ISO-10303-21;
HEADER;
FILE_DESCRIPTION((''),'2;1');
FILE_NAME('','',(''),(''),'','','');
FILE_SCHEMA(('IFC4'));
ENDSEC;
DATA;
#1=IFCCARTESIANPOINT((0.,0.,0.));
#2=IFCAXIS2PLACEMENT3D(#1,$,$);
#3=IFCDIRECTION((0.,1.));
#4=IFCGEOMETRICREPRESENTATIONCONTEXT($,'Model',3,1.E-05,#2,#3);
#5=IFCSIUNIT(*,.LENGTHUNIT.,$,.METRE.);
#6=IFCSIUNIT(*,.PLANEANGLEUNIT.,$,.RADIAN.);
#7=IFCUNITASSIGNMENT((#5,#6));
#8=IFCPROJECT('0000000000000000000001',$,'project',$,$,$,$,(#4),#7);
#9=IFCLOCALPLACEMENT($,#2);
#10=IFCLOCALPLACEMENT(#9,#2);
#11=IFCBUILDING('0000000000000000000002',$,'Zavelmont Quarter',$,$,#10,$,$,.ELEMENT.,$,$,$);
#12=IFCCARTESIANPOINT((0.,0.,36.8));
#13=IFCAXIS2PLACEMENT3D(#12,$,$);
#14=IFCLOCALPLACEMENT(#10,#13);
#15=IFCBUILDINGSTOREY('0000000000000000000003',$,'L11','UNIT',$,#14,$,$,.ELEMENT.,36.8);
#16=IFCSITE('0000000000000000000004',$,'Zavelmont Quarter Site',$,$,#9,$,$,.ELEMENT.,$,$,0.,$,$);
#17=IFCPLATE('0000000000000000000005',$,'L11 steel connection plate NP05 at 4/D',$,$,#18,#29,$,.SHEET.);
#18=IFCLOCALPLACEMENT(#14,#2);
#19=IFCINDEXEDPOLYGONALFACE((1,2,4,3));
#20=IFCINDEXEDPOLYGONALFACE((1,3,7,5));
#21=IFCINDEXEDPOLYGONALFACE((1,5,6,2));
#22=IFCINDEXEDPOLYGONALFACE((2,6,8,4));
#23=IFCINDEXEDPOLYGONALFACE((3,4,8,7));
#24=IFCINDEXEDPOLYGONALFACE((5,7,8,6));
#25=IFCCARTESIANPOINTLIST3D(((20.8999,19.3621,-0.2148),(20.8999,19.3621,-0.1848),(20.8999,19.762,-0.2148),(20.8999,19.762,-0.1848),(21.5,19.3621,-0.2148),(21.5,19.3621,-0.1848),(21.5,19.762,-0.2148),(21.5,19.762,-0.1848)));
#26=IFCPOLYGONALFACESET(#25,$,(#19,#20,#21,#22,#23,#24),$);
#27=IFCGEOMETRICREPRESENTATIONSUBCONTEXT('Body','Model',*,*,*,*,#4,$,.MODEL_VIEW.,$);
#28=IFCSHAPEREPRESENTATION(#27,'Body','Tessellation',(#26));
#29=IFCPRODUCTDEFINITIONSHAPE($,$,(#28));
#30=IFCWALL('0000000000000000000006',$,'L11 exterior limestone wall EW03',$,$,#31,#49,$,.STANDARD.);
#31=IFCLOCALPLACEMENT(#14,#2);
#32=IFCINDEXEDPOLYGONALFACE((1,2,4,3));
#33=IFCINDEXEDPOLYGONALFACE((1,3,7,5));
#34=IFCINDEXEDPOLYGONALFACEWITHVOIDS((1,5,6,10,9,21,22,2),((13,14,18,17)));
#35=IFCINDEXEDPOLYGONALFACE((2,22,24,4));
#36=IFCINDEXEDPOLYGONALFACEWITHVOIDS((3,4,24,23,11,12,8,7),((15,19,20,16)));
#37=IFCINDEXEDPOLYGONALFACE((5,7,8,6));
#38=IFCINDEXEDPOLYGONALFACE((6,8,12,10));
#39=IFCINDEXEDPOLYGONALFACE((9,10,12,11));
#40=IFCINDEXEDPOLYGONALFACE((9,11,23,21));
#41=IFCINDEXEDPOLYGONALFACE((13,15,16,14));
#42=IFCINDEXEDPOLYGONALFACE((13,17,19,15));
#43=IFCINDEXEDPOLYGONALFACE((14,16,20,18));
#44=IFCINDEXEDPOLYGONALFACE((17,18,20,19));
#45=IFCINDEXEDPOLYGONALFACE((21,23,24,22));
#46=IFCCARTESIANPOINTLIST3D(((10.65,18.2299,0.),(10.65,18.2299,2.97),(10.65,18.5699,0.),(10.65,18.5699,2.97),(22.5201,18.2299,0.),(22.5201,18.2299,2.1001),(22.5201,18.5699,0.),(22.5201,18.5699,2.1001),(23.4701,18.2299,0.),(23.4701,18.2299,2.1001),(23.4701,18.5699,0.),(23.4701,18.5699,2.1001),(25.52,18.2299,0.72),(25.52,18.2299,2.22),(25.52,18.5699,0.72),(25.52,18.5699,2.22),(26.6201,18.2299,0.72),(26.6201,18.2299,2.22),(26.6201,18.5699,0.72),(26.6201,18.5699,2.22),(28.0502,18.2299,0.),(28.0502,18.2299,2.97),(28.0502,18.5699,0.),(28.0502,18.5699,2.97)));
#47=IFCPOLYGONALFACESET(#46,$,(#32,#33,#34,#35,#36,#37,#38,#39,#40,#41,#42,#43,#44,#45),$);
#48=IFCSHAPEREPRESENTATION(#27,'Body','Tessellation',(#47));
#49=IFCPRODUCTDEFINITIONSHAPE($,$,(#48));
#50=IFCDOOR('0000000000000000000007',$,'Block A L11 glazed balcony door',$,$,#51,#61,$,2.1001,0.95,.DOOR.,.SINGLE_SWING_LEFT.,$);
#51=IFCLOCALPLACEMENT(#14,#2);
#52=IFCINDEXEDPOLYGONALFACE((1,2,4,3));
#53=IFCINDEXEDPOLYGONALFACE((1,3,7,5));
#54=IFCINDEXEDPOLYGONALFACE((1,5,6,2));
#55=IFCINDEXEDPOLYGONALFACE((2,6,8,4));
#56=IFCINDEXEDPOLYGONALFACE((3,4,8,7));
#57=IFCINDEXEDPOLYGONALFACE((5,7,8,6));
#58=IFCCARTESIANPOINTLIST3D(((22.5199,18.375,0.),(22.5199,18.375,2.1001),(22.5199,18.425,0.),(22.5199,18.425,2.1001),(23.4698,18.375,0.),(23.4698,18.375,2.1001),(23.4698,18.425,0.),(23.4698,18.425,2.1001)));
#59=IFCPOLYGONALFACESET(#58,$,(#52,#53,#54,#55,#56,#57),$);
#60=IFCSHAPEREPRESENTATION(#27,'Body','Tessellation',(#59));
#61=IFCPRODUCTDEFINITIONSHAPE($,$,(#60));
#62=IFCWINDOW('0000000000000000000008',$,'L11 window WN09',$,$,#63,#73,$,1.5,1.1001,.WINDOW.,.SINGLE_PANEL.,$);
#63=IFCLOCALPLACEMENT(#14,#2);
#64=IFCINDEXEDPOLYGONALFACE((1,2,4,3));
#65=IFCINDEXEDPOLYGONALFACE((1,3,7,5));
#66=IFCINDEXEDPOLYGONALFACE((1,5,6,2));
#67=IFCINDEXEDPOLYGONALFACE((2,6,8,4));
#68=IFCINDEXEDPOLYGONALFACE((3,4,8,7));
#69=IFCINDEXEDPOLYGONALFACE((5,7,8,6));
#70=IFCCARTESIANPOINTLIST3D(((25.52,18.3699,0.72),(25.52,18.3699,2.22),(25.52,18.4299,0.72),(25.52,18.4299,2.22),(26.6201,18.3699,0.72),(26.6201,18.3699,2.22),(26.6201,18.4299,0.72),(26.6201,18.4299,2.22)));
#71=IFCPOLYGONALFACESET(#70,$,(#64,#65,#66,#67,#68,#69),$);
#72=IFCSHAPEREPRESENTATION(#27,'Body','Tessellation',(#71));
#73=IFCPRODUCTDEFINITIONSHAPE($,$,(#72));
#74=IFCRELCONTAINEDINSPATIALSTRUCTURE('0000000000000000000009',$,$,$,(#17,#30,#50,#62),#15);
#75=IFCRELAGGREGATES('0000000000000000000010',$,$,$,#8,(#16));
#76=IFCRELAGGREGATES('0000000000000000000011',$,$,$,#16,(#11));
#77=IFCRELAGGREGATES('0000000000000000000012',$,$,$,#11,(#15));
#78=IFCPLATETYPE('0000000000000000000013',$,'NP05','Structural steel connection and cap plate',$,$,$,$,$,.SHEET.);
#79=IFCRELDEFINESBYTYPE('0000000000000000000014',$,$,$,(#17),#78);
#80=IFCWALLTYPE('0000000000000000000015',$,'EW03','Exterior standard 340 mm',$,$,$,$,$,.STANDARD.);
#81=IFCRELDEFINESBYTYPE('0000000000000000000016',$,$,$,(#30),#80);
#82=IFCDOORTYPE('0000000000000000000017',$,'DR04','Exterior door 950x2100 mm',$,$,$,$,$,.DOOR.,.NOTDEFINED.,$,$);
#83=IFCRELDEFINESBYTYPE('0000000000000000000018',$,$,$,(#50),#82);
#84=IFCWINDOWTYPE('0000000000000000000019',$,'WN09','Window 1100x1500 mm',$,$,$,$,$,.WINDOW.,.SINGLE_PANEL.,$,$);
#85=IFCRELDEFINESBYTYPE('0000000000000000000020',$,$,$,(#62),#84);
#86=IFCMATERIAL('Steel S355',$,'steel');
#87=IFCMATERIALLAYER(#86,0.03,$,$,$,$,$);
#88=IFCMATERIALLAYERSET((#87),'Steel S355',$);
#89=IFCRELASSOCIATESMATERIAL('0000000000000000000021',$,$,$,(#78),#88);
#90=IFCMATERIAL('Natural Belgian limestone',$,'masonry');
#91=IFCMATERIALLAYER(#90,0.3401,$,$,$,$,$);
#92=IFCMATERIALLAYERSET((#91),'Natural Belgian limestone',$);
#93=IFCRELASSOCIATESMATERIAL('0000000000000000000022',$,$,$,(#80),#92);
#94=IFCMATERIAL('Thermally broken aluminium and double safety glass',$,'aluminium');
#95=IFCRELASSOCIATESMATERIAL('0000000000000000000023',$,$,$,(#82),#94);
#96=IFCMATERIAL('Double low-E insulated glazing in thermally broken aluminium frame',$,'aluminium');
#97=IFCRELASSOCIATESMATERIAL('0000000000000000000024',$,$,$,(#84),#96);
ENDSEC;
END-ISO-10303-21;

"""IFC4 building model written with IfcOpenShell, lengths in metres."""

from ifc_helpers import new_model, si_unit, direction, frame, frame_2d, origin, origin_with_axes, origin_2d, place, context, subcontext, project, spatial, rectangle, extrude, material, layer, layer_set, type_object, element, fill, save


model = new_model("IFC4")

# Units and contexts
model_context = context("Model", 3, precision=1e-05, world=origin(), true_north=direction((0.0, 1.0)))
body_context = subcontext(model_context, "Body", "Model", "MODEL_VIEW")
ifc_project = project(units=[si_unit("LENGTHUNIT", "METRE"), si_unit("PLANEANGLEUNIT", "RADIAN")], contexts=[model_context])

# Site, building, storey
site_placement = place(None, origin())
site = spatial("IfcSite", under=ifc_project, at=site_placement, Name="Zavelmont Quarter Site", CompositionType="ELEMENT", RefElevation=0.0)
building_placement = place(site_placement, origin())
building = spatial("IfcBuilding", under=site, at=building_placement, Name="Zavelmont Quarter", CompositionType="ELEMENT")
storey_placement = place(building_placement, frame((0.0, 0.0, 36.8)))
storey = spatial("IfcBuildingStorey", under=building, at=storey_placement, Name="L11", Description="UNIT", CompositionType="ELEMENT", Elevation=36.8)

# Plate
ifc_material_1 = material(Name="Steel S355", Category="steel")
ifc_layer_1 = layer(ifc_material_1, 0.03)
ifc_layer_set_1 = layer_set([ifc_layer_1], Name="Steel S355")
plate_type_1 = type_object("IfcPlateType", Name="NP05", Description="Structural steel connection and cap plate", PredefinedType="SHEET", material=ifc_layer_set_1)
plate_placement = place(storey_placement, frame((21.2, 19.562, -0.2148), z_axis=(0.0, 0.0, 1.0), x_axis=(1.0, 0.0, 0.0)))
element("IfcPlate", 1, at=plate_placement, inside=storey, type_object=plate_type_1, Name="L11 steel connection plate NP05 at 4/D", PredefinedType="SHEET", context=body_context, shape_type="SweptSolid", body=[
    extrude(rectangle(XDim=0.6001, YDim=0.3999, at=origin_2d()), origin(), (0.0, 0.0, 1.0), 0.03),
])

# Wall, openings, door, window
ifc_material_2 = material(Name="Natural Belgian limestone", Category="masonry")
ifc_layer_2 = layer(ifc_material_2, 0.3401)
ifc_layer_set_2 = layer_set([ifc_layer_2], Name="Natural Belgian limestone")
wall_type = type_object("IfcWallType", Name="EW03", Description="Exterior standard 340 mm", PredefinedType="STANDARD", material=ifc_layer_set_2)
wall_placement = place(storey_placement, frame((10.6499, 18.3999, 0.0), z_axis=(0.0, 0.0, 1.0), x_axis=(1.0, 0.0, 0.0)))
wall = element("IfcWall", 2, at=wall_placement, inside=storey, type_object=wall_type, Name="L11 exterior limestone wall EW03", PredefinedType="STANDARD", context=body_context, shape_type="SweptSolid", body=[
    extrude(rectangle(XDim=17.4001, YDim=0.3401, at=frame_2d((8.7002, 0.0))), origin(), (0.0, 0.0, 1.0), 2.97),
])
opening_1_placement = place(wall_placement, frame((11.8701, 0.0, 0.0)))
opening_1 = element("IfcOpeningElement", 3, at=opening_1_placement, cuts=wall, PredefinedType="OPENING", context=body_context, shape_type="SweptSolid", body=[
    extrude(rectangle(XDim=0.95, YDim=2.1001, at=frame_2d((0.4751, 1.05))), frame((0.0, 0.1821, 0.0), z_axis=(0.0, -1.0, 0.0), x_axis=(1.0, 0.0, 0.0)), (0.0, 0.0, 1.0), 0.364),
])
opening_2_placement = place(wall_placement, frame((14.8701, 0.0, 0.72)))
opening_2 = element("IfcOpeningElement", 4, at=opening_2_placement, cuts=wall, PredefinedType="OPENING", context=body_context, shape_type="SweptSolid", body=[
    extrude(rectangle(XDim=1.1001, YDim=1.5, at=frame_2d((0.55, 0.75))), frame((0.0, 0.1821, 0.0), z_axis=(0.0, -1.0, 0.0), x_axis=(1.0, 0.0, 0.0)), (0.0, 0.0, 1.0), 0.364),
])
ifc_material_3 = material(Name="Thermally broken aluminium and double safety glass", Category="aluminium")
door_type = type_object("IfcDoorType", Name="DR04", Description="Exterior door 950x2100 mm", OperationType="NOTDEFINED", PredefinedType="DOOR", material=ifc_material_3)
door_placement = place(opening_1_placement, frame((0.95, 0.0, 0.0), z_axis=(0.0, 0.0, 1.0), x_axis=(-1.0, 0.0, 0.0)))
door = element("IfcDoor", 5, at=door_placement, inside=storey, type_object=door_type, Name="Block A L11 glazed balcony door", OperationType="SINGLE_SWING_LEFT", OverallHeight=2.1001, OverallWidth=0.95, PredefinedType="DOOR", context=body_context, shape_type="SweptSolid", body=[
    extrude(rectangle(XDim=0.95, YDim=2.1001, at=frame_2d((0.4751, 1.05))), frame((0.0, 0.0249, 0.0), z_axis=(0.0, -1.0, 0.0), x_axis=(1.0, 0.0, 0.0)), (0.0, 0.0, 1.0), 0.05),
])
fill(opening_1, door)
ifc_material_4 = material(Name="Double low-E insulated glazing in thermally broken aluminium frame", Category="aluminium")
window_type = type_object("IfcWindowType", Name="WN09", Description="Window 1100x1500 mm", PartitioningType="SINGLE_PANEL", PredefinedType="WINDOW", material=ifc_material_4)
window_placement = place(opening_2_placement, origin_with_axes())
window = element("IfcWindow", 6, at=window_placement, inside=storey, type_object=window_type, Name="L11 window WN09", OverallHeight=1.5, OverallWidth=1.1001, PartitioningType="SINGLE_PANEL", PredefinedType="WINDOW", context=body_context, shape_type="SweptSolid", body=[
    extrude(rectangle(XDim=1.1001, YDim=1.5, at=frame_2d((0.55, 0.75))), frame((0.0, 0.03, 0.0), z_axis=(0.0, -1.0, 0.0), x_axis=(1.0, 0.0, 0.0)), (0.0, 0.0, 1.0), 0.0601),
])
fill(opening_2, window)

save(model, "model.ifc")
